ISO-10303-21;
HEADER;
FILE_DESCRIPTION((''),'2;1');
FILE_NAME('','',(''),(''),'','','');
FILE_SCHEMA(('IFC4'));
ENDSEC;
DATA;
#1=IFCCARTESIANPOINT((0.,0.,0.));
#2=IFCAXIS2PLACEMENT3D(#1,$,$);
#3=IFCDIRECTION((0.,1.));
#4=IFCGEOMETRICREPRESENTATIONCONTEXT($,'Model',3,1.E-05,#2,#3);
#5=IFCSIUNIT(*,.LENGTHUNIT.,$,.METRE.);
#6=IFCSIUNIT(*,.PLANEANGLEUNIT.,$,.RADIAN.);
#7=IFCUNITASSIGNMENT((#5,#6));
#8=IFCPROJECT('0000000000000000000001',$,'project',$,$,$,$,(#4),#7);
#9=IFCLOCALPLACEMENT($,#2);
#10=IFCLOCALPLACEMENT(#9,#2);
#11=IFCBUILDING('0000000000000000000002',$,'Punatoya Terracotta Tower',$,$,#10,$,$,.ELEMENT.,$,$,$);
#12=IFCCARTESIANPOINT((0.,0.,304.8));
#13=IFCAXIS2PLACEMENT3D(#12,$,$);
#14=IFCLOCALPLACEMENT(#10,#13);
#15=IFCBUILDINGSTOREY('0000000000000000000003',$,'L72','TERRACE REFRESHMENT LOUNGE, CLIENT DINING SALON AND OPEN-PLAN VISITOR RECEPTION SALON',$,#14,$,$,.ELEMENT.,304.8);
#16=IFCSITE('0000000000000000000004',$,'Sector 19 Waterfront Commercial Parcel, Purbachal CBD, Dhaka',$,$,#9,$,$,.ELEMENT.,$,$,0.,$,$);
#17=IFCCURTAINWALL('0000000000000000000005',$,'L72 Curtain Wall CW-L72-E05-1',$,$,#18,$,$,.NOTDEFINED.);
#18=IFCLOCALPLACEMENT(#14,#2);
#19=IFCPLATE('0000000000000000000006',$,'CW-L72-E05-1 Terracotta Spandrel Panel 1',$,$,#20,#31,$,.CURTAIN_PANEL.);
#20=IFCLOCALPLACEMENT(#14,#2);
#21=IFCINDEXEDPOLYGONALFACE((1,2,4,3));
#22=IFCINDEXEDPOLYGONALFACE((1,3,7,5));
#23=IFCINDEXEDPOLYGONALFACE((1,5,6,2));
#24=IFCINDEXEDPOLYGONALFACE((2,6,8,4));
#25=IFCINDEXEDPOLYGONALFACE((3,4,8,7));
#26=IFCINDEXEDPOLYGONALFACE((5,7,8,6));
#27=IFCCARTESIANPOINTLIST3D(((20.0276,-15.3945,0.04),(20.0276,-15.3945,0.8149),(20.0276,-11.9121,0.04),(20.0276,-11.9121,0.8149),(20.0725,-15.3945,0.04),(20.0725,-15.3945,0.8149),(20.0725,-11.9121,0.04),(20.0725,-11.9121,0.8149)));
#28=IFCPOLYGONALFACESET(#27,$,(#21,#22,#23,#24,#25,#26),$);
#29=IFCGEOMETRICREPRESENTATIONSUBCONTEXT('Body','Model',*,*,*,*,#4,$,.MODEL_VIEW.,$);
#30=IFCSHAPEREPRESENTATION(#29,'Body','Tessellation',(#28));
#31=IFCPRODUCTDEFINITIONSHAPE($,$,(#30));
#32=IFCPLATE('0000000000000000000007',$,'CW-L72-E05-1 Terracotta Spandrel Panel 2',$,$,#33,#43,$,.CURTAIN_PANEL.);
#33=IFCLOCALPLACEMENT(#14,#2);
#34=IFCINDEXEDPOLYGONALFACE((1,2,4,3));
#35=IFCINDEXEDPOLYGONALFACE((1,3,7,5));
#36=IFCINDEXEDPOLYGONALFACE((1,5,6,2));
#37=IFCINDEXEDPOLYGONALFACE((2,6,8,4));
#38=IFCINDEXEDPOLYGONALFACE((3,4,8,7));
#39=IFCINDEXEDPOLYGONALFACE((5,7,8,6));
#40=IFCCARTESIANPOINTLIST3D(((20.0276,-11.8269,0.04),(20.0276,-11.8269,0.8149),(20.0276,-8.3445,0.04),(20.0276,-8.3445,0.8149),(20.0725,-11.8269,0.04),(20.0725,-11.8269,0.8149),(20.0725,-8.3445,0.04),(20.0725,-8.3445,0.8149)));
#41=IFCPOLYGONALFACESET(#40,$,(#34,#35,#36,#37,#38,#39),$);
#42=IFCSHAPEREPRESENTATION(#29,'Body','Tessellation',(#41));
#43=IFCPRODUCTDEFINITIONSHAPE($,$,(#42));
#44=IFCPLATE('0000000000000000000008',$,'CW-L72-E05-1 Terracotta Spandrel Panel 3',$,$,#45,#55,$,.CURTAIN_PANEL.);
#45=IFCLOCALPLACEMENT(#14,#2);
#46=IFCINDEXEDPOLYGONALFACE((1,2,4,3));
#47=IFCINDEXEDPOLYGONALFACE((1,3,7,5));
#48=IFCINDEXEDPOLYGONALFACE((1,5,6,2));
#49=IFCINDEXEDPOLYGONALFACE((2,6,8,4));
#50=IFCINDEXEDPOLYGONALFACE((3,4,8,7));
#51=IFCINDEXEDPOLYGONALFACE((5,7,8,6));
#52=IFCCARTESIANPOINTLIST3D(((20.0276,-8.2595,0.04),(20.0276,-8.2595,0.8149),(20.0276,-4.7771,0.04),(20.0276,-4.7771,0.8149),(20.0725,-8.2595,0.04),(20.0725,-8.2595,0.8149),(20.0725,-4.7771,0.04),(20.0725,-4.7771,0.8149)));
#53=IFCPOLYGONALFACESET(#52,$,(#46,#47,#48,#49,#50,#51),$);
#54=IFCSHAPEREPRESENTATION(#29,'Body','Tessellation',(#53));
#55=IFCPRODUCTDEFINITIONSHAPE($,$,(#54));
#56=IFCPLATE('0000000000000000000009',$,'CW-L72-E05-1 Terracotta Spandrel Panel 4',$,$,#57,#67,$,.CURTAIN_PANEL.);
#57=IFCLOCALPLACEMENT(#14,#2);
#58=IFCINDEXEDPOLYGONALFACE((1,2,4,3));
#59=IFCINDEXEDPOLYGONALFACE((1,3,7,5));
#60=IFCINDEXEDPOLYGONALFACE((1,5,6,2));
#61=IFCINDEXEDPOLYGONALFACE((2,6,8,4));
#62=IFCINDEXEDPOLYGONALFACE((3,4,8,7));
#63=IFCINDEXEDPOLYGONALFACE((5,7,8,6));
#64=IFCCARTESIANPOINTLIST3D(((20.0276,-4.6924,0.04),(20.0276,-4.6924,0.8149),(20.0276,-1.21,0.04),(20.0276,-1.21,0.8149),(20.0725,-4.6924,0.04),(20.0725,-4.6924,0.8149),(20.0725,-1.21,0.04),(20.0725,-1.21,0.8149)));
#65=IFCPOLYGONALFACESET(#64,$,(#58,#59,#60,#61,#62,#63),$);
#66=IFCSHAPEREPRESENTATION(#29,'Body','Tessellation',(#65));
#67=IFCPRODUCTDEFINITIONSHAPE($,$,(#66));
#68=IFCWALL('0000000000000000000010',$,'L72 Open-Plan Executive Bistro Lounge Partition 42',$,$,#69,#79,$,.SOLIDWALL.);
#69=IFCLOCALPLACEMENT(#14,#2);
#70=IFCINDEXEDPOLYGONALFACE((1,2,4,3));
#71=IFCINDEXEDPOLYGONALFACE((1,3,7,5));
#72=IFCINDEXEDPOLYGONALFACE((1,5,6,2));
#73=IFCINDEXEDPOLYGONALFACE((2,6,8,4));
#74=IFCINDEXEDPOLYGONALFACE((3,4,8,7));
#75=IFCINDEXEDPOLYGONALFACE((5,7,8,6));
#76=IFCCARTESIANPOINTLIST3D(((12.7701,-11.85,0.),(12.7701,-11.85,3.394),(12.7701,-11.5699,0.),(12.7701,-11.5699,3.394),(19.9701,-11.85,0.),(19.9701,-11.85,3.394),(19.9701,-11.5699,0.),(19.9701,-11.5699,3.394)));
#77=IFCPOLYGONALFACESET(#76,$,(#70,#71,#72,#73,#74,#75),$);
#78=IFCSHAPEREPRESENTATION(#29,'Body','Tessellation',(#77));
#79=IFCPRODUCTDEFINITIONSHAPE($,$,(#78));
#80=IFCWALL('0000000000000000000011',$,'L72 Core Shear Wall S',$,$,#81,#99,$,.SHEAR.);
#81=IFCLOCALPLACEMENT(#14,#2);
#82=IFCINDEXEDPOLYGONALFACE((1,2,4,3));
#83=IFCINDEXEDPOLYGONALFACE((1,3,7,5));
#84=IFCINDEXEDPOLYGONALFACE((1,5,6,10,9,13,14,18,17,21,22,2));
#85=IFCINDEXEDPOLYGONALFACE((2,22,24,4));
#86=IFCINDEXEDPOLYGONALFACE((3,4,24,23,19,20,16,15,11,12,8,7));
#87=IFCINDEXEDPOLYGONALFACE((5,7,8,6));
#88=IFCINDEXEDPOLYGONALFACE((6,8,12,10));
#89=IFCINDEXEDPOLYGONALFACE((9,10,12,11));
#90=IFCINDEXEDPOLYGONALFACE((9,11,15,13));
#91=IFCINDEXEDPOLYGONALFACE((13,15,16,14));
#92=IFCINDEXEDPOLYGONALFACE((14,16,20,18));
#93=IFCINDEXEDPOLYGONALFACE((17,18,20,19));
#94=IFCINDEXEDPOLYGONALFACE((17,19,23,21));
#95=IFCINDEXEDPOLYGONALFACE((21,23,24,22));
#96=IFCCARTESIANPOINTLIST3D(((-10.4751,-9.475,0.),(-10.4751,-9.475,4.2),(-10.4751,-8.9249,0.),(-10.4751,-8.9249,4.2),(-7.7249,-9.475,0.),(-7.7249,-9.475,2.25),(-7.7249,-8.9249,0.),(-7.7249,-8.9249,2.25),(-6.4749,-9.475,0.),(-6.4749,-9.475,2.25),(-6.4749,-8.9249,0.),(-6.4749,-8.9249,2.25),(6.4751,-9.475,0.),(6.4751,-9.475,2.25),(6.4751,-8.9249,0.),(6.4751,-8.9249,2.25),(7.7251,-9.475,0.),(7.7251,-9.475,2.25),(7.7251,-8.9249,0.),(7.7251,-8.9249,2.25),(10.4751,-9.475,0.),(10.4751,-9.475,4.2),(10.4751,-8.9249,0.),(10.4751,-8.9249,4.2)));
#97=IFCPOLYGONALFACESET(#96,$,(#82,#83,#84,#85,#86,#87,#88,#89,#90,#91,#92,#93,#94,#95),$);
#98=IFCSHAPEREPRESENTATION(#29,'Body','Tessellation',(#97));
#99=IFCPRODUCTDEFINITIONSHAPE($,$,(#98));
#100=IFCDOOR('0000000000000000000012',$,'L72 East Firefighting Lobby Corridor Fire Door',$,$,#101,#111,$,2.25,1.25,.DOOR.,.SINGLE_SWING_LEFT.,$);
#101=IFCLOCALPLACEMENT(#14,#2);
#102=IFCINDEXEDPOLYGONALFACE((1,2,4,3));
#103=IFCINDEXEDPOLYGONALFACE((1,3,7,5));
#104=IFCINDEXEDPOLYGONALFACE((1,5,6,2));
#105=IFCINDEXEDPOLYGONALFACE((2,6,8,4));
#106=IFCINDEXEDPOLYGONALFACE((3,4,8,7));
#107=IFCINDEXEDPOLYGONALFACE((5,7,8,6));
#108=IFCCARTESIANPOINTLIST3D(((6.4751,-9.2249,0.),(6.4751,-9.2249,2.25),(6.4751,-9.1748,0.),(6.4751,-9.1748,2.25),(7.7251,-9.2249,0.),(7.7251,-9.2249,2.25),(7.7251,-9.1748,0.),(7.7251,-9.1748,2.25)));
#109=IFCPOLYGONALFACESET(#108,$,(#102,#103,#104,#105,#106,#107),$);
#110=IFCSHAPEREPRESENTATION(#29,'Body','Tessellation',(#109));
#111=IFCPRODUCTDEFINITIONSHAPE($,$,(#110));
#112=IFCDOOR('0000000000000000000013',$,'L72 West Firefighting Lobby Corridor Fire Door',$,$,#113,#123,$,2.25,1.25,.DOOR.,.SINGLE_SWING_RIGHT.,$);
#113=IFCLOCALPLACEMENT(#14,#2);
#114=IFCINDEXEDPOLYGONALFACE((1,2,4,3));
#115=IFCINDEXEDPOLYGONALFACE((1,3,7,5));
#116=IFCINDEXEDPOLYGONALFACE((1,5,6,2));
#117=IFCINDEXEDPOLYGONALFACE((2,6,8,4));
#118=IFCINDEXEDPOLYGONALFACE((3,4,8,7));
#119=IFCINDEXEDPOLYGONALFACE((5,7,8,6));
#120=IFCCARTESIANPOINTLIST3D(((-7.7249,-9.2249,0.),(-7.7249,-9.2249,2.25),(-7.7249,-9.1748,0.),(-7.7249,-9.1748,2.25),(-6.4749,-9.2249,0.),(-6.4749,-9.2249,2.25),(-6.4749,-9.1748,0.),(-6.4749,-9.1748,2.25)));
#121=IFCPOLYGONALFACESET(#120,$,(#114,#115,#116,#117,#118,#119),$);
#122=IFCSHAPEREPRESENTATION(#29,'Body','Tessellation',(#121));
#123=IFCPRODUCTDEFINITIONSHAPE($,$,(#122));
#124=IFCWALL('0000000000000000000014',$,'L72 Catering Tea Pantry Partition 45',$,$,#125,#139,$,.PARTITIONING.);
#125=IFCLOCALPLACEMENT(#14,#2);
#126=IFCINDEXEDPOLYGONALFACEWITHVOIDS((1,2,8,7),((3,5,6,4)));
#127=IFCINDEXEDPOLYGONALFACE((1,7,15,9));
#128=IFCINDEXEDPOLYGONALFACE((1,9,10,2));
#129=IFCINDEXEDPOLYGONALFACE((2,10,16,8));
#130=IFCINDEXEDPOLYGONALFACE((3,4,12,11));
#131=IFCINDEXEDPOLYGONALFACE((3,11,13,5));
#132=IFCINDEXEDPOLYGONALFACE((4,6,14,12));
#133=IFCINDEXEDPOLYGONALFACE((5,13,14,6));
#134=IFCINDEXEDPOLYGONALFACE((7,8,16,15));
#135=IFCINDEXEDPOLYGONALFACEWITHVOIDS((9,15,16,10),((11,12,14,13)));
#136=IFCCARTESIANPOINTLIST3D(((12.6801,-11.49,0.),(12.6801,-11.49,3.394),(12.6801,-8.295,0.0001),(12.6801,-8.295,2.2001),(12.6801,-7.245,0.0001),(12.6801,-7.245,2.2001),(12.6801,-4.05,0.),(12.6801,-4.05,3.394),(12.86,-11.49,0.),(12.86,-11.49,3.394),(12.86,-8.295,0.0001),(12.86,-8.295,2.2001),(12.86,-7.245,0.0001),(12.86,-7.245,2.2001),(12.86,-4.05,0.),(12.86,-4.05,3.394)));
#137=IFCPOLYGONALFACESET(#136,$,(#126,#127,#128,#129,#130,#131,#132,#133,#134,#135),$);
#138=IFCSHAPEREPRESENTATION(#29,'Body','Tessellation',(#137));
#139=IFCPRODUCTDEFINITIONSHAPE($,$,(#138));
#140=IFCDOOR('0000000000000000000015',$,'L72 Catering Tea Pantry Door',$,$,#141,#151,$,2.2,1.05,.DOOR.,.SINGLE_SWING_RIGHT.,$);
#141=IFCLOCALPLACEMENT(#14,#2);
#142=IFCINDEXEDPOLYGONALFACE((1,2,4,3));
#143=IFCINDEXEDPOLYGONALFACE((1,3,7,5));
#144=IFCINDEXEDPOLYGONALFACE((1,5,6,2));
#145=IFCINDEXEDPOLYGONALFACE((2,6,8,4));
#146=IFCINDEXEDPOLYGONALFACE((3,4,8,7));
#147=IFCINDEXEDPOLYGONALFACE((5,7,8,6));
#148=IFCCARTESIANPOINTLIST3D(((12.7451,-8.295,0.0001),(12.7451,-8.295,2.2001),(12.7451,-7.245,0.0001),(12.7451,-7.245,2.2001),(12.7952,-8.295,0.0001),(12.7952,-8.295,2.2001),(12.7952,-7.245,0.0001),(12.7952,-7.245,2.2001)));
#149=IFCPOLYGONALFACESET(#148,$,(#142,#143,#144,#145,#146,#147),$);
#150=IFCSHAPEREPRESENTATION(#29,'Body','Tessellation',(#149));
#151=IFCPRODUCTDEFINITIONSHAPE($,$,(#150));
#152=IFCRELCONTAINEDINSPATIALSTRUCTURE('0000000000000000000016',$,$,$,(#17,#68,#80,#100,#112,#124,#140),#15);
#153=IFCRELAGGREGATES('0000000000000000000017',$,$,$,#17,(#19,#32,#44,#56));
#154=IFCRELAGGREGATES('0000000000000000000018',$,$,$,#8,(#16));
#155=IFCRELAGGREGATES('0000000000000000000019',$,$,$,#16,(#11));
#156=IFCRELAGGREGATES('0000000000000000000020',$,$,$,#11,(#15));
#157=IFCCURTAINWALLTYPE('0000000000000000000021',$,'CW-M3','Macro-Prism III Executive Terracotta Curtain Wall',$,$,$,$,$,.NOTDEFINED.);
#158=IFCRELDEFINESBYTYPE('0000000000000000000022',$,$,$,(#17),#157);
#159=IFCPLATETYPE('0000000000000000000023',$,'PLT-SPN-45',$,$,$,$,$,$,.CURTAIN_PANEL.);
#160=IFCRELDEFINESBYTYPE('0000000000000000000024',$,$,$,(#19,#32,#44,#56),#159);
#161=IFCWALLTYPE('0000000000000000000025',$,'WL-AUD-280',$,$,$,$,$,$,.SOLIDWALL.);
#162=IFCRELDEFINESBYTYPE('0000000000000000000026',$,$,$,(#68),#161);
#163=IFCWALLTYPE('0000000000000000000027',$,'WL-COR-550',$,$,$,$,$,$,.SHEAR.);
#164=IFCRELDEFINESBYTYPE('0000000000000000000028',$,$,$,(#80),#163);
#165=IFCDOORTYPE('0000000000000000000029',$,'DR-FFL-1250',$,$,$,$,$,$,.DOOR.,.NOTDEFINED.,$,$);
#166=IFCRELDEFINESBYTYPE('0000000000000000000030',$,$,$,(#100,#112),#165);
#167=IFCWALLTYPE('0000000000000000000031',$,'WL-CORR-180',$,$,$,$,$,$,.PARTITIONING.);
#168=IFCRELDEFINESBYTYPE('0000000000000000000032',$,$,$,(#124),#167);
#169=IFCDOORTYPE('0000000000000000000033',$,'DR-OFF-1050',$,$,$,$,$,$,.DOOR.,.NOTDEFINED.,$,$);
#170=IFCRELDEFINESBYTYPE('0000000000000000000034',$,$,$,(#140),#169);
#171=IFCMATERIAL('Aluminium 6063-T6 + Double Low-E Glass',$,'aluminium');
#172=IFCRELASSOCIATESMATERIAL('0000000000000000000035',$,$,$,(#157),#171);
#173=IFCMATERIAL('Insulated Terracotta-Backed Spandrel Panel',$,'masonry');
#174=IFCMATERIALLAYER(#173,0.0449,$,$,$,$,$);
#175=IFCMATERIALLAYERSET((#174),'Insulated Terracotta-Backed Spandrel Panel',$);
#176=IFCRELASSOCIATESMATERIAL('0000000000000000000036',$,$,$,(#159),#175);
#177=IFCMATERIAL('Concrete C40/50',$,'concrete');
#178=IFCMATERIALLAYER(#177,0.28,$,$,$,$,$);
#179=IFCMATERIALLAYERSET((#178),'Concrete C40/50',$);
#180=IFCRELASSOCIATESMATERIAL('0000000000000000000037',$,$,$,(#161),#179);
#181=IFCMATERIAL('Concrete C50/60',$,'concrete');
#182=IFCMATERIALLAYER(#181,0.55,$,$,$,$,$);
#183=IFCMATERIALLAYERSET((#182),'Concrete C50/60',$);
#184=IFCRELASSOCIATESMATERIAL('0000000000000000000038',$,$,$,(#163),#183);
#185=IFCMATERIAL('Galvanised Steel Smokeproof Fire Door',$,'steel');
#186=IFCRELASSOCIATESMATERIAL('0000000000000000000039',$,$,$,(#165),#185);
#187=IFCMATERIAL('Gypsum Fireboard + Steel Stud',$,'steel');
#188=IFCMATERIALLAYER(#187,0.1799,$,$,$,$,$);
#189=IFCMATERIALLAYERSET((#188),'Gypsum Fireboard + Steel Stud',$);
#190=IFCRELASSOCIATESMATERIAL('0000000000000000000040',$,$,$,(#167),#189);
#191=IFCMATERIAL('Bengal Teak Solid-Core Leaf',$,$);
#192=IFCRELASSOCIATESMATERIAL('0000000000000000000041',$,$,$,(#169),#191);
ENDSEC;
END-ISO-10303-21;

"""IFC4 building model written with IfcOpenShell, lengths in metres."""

from ifc_helpers import new_model, si_unit, direction, frame, frame_2d, origin, origin_2d, place, context, subcontext, project, spatial, rectangle, extrude, material, layer, layer_set, type_object, element, fill, aggregate, save


model = new_model("IFC4")

# Units and contexts
model_context = context("Model", 3, precision=1e-05, world=origin(), true_north=direction((0.0, 1.0)))
body_context = subcontext(model_context, "Body", "Model", "MODEL_VIEW")
ifc_project = project(units=[si_unit("LENGTHUNIT", "METRE"), si_unit("PLANEANGLEUNIT", "RADIAN")], contexts=[model_context])

# Site, building, storey
site_placement = place(None, origin())
site = spatial("IfcSite", under=ifc_project, at=site_placement, Name="Sector 19 Waterfront Commercial Parcel, Purbachal CBD, Dhaka", CompositionType="ELEMENT", RefElevation=0.0)
building_placement = place(site_placement, origin())
building = spatial("IfcBuilding", under=site, at=building_placement, Name="Punatoya Terracotta Tower", CompositionType="ELEMENT")
storey_placement = place(building_placement, frame((0.0, 0.0, 304.8)))
storey = spatial("IfcBuildingStorey", under=building, at=storey_placement, Name="L72", Description="TERRACE REFRESHMENT LOUNGE, CLIENT DINING SALON AND OPEN-PLAN VISITOR RECEPTION SALON", CompositionType="ELEMENT", Elevation=304.8)

# Shared definitions
ifc_material_1 = material(Name="Aluminium 6063-T6 + Double Low-E Glass", Category="aluminium")
curtain_wall_type = type_object("IfcCurtainWallType", Name="CW-M3", Description="Macro-Prism III Executive Terracotta Curtain Wall", PredefinedType="NOTDEFINED", material=ifc_material_1)

# Curtain wall
curtain_wall_1_placement = place(storey_placement, origin())
curtain_wall_1 = element("IfcCurtainWall", 1, at=curtain_wall_1_placement, inside=storey, type_object=curtain_wall_type, Name="L72 Curtain Wall CW-L72-E05-1", PredefinedType="NOTDEFINED")

# Plates
ifc_material_2 = material(Name="Insulated Terracotta-Backed Spandrel Panel", Category="masonry")
ifc_layer_1 = layer(ifc_material_2, 0.0449)
ifc_layer_set_1 = layer_set([ifc_layer_1], Name="Insulated Terracotta-Backed Spandrel Panel")
plate_type_1 = type_object("IfcPlateType", Name="PLT-SPN-45", PredefinedType="CURTAIN_PANEL", material=ifc_layer_set_1)
plate_1_placement = place(storey_placement, frame((20.05, -13.6533, 0.04), z_axis=(0.0, 0.0, 1.0), x_axis=(0.0, 1.0, 0.0)))
plate_1 = element("IfcPlate", 2, at=plate_1_placement, type_object=plate_type_1, Name="CW-L72-E05-1 Terracotta Spandrel Panel 1", PredefinedType="CURTAIN_PANEL", context=body_context, shape_type="SweptSolid", body=[
    extrude(rectangle(XDim=3.4824, YDim=0.0449, at=origin_2d()), origin(), (0.0, 0.0, 1.0), 0.7749),
])
plate_2_placement = place(storey_placement, frame((20.05, -10.0857, 0.04), z_axis=(0.0, 0.0, 1.0), x_axis=(0.0, 1.0, 0.0)))
plate_2 = element("IfcPlate", 3, at=plate_2_placement, type_object=plate_type_1, Name="CW-L72-E05-1 Terracotta Spandrel Panel 2", PredefinedType="CURTAIN_PANEL", context=body_context, shape_type="SweptSolid", body=[
    extrude(rectangle(XDim=3.4824, YDim=0.0449, at=origin_2d()), origin(), (0.0, 0.0, 1.0), 0.7749),
])
plate_3_placement = place(storey_placement, frame((20.05, -6.5183, 0.04), z_axis=(0.0, 0.0, 1.0), x_axis=(0.0, 1.0, 0.0)))
plate_3 = element("IfcPlate", 4, at=plate_3_placement, type_object=plate_type_1, Name="CW-L72-E05-1 Terracotta Spandrel Panel 3", PredefinedType="CURTAIN_PANEL", context=body_context, shape_type="SweptSolid", body=[
    extrude(rectangle(XDim=3.4824, YDim=0.0449, at=origin_2d()), origin(), (0.0, 0.0, 1.0), 0.7749),
])
plate_4_placement = place(storey_placement, frame((20.05, -2.9512, 0.04), z_axis=(0.0, 0.0, 1.0), x_axis=(0.0, 1.0, 0.0)))
plate_4 = element("IfcPlate", 5, at=plate_4_placement, type_object=plate_type_1, Name="CW-L72-E05-1 Terracotta Spandrel Panel 4", PredefinedType="CURTAIN_PANEL", context=body_context, shape_type="SweptSolid", body=[
    extrude(rectangle(XDim=3.4824, YDim=0.0449, at=origin_2d()), origin(), (0.0, 0.0, 1.0), 0.7749),
])
aggregate(curtain_wall_1, [plate_1, plate_2, plate_3, plate_4])

# Wall
ifc_material_3 = material(Name="Concrete C40/50", Category="concrete")
ifc_layer_2 = layer(ifc_material_3, 0.28)
ifc_layer_set_2 = layer_set([ifc_layer_2], Name="Concrete C40/50")
wall_type_1 = type_object("IfcWallType", Name="WL-AUD-280", PredefinedType="SOLIDWALL", material=ifc_layer_set_2)
wall_1_placement = place(storey_placement, frame((12.77, -11.71, 0.0), z_axis=(0.0, 0.0, 1.0), x_axis=(1.0, 0.0, 0.0)))
element("IfcWall", 6, at=wall_1_placement, inside=storey, type_object=wall_type_1, Name="L72 Open-Plan Executive Bistro Lounge Partition 42", PredefinedType="SOLIDWALL", context=body_context, shape_type="SweptSolid", body=[
    extrude(rectangle(XDim=7.2, YDim=0.28, at=frame_2d((3.6001, 0.0))), origin(), (0.0, 0.0, 1.0), 3.394),
])

# Wall, openings, doors
ifc_material_4 = material(Name="Concrete C50/60", Category="concrete")
ifc_layer_3 = layer(ifc_material_4, 0.55)
ifc_layer_set_3 = layer_set([ifc_layer_3], Name="Concrete C50/60")
wall_type_2 = type_object("IfcWallType", Name="WL-COR-550", PredefinedType="SHEAR", material=ifc_layer_set_3)
wall_2_placement = place(storey_placement, frame((10.4751, -9.2, 0.0), z_axis=(0.0, 0.0, 1.0), x_axis=(-1.0, 0.0, 0.0)))
wall_2 = element("IfcWall", 7, at=wall_2_placement, inside=storey, type_object=wall_type_2, Name="L72 Core Shear Wall S", PredefinedType="SHEAR", context=body_context, shape_type="SweptSolid", body=[
    extrude(rectangle(XDim=20.9502, YDim=0.55, at=frame_2d((10.4751, 0.0))), origin(), (0.0, 0.0, 1.0), 4.2),
])
opening_1_placement = place(wall_2_placement, frame((2.75, 0.0, 0.0)))
opening_1 = element("IfcOpeningElement", 8, at=opening_1_placement, cuts=wall_2, PredefinedType="OPENING", context=body_context, shape_type="SweptSolid", body=[
    extrude(rectangle(XDim=1.25, YDim=2.25, at=frame_2d((0.625, 1.125))), frame((0.0, 0.2849, 0.0), z_axis=(0.0, -1.0, 0.0), x_axis=(1.0, 0.0, 0.0)), (0.0, 0.0, 1.0), 0.5701),
])
opening_2_placement = place(wall_2_placement, frame((16.95, 0.0, 0.0)))
opening_2 = element("IfcOpeningElement", 9, at=opening_2_placement, cuts=wall_2, PredefinedType="OPENING", context=body_context, shape_type="SweptSolid", body=[
    extrude(rectangle(XDim=1.25, YDim=2.25, at=frame_2d((0.625, 1.125))), frame((0.0, 0.2849, 0.0), z_axis=(0.0, -1.0, 0.0), x_axis=(1.0, 0.0, 0.0)), (0.0, 0.0, 1.0), 0.5701),
])
ifc_material_5 = material(Name="Galvanised Steel Smokeproof Fire Door", Category="steel")
door_type_1 = type_object("IfcDoorType", Name="DR-FFL-1250", OperationType="NOTDEFINED", PredefinedType="DOOR", material=ifc_material_5)
door_1_placement = place(opening_1_placement, origin())
door_1 = element("IfcDoor", 10, at=door_1_placement, inside=storey, type_object=door_type_1, Name="L72 East Firefighting Lobby Corridor Fire Door", OperationType="SINGLE_SWING_LEFT", OverallHeight=2.25, OverallWidth=1.25, PredefinedType="DOOR", context=body_context, shape_type="SweptSolid", body=[
    extrude(rectangle(XDim=1.25, YDim=2.25, at=frame_2d((0.625, 1.125))), frame((0.0, 0.0249, 0.0), z_axis=(0.0, -1.0, 0.0), x_axis=(1.0, 0.0, 0.0)), (0.0, 0.0, 1.0), 0.05),
])
fill(opening_1, door_1)
door_2_placement = place(opening_2_placement, origin())
door_2 = element("IfcDoor", 11, at=door_2_placement, inside=storey, type_object=door_type_1, Name="L72 West Firefighting Lobby Corridor Fire Door", OperationType="SINGLE_SWING_RIGHT", OverallHeight=2.25, OverallWidth=1.25, PredefinedType="DOOR", context=body_context, shape_type="SweptSolid", body=[
    extrude(rectangle(XDim=1.25, YDim=2.25, at=frame_2d((0.625, 1.125))), frame((0.0, 0.0249, 0.0), z_axis=(0.0, -1.0, 0.0), x_axis=(1.0, 0.0, 0.0)), (0.0, 0.0, 1.0), 0.05),
])
fill(opening_2, door_2)

# Wall, opening, door
ifc_material_6 = material(Name="Gypsum Fireboard + Steel Stud", Category="steel")
ifc_layer_4 = layer(ifc_material_6, 0.1799)
ifc_layer_set_4 = layer_set([ifc_layer_4], Name="Gypsum Fireboard + Steel Stud")
wall_type_3 = type_object("IfcWallType", Name="WL-CORR-180", PredefinedType="PARTITIONING", material=ifc_layer_set_4)
wall_3_placement = place(storey_placement, frame((12.77, -11.49, 0.0), z_axis=(0.0, 0.0, 1.0), x_axis=(0.0, 1.0, 0.0)))
wall_3 = element("IfcWall", 12, at=wall_3_placement, inside=storey, type_object=wall_type_3, Name="L72 Catering Tea Pantry Partition 45", PredefinedType="PARTITIONING", context=body_context, shape_type="SweptSolid", body=[
    extrude(rectangle(XDim=7.4399, YDim=0.1799, at=frame_2d((3.72, 0.0))), origin(), (0.0, 0.0, 1.0), 3.394),
])
opening_3_placement = place(wall_3_placement, frame((3.1951, 0.0, 0.0)))
opening_3 = element("IfcOpeningElement", 13, at=opening_3_placement, cuts=wall_3, PredefinedType="OPENING", context=body_context, shape_type="SweptSolid", body=[
    extrude(rectangle(XDim=1.05, YDim=2.2, at=frame_2d((0.5249, 1.1001))), frame((0.0, 0.0999, 0.0), z_axis=(0.0, -1.0, 0.0), x_axis=(1.0, 0.0, 0.0)), (0.0, 0.0, 1.0), 0.2),
])
ifc_material_7 = material(Name="Bengal Teak Solid-Core Leaf")
door_type_2 = type_object("IfcDoorType", Name="DR-OFF-1050", OperationType="NOTDEFINED", PredefinedType="DOOR", material=ifc_material_7)
door_3_placement = place(opening_3_placement, origin())
door_3 = element("IfcDoor", 14, at=door_3_placement, inside=storey, type_object=door_type_2, Name="L72 Catering Tea Pantry Door", OperationType="SINGLE_SWING_RIGHT", OverallHeight=2.2, OverallWidth=1.05, PredefinedType="DOOR", context=body_context, shape_type="SweptSolid", body=[
    extrude(rectangle(XDim=1.05, YDim=2.2, at=frame_2d((0.5249, 1.1001))), frame((0.0, 0.0249, 0.0), z_axis=(0.0, -1.0, 0.0), x_axis=(1.0, 0.0, 0.0)), (0.0, 0.0, 1.0), 0.05),
])
fill(opening_3, door_3)

save(model, "model.ifc")
